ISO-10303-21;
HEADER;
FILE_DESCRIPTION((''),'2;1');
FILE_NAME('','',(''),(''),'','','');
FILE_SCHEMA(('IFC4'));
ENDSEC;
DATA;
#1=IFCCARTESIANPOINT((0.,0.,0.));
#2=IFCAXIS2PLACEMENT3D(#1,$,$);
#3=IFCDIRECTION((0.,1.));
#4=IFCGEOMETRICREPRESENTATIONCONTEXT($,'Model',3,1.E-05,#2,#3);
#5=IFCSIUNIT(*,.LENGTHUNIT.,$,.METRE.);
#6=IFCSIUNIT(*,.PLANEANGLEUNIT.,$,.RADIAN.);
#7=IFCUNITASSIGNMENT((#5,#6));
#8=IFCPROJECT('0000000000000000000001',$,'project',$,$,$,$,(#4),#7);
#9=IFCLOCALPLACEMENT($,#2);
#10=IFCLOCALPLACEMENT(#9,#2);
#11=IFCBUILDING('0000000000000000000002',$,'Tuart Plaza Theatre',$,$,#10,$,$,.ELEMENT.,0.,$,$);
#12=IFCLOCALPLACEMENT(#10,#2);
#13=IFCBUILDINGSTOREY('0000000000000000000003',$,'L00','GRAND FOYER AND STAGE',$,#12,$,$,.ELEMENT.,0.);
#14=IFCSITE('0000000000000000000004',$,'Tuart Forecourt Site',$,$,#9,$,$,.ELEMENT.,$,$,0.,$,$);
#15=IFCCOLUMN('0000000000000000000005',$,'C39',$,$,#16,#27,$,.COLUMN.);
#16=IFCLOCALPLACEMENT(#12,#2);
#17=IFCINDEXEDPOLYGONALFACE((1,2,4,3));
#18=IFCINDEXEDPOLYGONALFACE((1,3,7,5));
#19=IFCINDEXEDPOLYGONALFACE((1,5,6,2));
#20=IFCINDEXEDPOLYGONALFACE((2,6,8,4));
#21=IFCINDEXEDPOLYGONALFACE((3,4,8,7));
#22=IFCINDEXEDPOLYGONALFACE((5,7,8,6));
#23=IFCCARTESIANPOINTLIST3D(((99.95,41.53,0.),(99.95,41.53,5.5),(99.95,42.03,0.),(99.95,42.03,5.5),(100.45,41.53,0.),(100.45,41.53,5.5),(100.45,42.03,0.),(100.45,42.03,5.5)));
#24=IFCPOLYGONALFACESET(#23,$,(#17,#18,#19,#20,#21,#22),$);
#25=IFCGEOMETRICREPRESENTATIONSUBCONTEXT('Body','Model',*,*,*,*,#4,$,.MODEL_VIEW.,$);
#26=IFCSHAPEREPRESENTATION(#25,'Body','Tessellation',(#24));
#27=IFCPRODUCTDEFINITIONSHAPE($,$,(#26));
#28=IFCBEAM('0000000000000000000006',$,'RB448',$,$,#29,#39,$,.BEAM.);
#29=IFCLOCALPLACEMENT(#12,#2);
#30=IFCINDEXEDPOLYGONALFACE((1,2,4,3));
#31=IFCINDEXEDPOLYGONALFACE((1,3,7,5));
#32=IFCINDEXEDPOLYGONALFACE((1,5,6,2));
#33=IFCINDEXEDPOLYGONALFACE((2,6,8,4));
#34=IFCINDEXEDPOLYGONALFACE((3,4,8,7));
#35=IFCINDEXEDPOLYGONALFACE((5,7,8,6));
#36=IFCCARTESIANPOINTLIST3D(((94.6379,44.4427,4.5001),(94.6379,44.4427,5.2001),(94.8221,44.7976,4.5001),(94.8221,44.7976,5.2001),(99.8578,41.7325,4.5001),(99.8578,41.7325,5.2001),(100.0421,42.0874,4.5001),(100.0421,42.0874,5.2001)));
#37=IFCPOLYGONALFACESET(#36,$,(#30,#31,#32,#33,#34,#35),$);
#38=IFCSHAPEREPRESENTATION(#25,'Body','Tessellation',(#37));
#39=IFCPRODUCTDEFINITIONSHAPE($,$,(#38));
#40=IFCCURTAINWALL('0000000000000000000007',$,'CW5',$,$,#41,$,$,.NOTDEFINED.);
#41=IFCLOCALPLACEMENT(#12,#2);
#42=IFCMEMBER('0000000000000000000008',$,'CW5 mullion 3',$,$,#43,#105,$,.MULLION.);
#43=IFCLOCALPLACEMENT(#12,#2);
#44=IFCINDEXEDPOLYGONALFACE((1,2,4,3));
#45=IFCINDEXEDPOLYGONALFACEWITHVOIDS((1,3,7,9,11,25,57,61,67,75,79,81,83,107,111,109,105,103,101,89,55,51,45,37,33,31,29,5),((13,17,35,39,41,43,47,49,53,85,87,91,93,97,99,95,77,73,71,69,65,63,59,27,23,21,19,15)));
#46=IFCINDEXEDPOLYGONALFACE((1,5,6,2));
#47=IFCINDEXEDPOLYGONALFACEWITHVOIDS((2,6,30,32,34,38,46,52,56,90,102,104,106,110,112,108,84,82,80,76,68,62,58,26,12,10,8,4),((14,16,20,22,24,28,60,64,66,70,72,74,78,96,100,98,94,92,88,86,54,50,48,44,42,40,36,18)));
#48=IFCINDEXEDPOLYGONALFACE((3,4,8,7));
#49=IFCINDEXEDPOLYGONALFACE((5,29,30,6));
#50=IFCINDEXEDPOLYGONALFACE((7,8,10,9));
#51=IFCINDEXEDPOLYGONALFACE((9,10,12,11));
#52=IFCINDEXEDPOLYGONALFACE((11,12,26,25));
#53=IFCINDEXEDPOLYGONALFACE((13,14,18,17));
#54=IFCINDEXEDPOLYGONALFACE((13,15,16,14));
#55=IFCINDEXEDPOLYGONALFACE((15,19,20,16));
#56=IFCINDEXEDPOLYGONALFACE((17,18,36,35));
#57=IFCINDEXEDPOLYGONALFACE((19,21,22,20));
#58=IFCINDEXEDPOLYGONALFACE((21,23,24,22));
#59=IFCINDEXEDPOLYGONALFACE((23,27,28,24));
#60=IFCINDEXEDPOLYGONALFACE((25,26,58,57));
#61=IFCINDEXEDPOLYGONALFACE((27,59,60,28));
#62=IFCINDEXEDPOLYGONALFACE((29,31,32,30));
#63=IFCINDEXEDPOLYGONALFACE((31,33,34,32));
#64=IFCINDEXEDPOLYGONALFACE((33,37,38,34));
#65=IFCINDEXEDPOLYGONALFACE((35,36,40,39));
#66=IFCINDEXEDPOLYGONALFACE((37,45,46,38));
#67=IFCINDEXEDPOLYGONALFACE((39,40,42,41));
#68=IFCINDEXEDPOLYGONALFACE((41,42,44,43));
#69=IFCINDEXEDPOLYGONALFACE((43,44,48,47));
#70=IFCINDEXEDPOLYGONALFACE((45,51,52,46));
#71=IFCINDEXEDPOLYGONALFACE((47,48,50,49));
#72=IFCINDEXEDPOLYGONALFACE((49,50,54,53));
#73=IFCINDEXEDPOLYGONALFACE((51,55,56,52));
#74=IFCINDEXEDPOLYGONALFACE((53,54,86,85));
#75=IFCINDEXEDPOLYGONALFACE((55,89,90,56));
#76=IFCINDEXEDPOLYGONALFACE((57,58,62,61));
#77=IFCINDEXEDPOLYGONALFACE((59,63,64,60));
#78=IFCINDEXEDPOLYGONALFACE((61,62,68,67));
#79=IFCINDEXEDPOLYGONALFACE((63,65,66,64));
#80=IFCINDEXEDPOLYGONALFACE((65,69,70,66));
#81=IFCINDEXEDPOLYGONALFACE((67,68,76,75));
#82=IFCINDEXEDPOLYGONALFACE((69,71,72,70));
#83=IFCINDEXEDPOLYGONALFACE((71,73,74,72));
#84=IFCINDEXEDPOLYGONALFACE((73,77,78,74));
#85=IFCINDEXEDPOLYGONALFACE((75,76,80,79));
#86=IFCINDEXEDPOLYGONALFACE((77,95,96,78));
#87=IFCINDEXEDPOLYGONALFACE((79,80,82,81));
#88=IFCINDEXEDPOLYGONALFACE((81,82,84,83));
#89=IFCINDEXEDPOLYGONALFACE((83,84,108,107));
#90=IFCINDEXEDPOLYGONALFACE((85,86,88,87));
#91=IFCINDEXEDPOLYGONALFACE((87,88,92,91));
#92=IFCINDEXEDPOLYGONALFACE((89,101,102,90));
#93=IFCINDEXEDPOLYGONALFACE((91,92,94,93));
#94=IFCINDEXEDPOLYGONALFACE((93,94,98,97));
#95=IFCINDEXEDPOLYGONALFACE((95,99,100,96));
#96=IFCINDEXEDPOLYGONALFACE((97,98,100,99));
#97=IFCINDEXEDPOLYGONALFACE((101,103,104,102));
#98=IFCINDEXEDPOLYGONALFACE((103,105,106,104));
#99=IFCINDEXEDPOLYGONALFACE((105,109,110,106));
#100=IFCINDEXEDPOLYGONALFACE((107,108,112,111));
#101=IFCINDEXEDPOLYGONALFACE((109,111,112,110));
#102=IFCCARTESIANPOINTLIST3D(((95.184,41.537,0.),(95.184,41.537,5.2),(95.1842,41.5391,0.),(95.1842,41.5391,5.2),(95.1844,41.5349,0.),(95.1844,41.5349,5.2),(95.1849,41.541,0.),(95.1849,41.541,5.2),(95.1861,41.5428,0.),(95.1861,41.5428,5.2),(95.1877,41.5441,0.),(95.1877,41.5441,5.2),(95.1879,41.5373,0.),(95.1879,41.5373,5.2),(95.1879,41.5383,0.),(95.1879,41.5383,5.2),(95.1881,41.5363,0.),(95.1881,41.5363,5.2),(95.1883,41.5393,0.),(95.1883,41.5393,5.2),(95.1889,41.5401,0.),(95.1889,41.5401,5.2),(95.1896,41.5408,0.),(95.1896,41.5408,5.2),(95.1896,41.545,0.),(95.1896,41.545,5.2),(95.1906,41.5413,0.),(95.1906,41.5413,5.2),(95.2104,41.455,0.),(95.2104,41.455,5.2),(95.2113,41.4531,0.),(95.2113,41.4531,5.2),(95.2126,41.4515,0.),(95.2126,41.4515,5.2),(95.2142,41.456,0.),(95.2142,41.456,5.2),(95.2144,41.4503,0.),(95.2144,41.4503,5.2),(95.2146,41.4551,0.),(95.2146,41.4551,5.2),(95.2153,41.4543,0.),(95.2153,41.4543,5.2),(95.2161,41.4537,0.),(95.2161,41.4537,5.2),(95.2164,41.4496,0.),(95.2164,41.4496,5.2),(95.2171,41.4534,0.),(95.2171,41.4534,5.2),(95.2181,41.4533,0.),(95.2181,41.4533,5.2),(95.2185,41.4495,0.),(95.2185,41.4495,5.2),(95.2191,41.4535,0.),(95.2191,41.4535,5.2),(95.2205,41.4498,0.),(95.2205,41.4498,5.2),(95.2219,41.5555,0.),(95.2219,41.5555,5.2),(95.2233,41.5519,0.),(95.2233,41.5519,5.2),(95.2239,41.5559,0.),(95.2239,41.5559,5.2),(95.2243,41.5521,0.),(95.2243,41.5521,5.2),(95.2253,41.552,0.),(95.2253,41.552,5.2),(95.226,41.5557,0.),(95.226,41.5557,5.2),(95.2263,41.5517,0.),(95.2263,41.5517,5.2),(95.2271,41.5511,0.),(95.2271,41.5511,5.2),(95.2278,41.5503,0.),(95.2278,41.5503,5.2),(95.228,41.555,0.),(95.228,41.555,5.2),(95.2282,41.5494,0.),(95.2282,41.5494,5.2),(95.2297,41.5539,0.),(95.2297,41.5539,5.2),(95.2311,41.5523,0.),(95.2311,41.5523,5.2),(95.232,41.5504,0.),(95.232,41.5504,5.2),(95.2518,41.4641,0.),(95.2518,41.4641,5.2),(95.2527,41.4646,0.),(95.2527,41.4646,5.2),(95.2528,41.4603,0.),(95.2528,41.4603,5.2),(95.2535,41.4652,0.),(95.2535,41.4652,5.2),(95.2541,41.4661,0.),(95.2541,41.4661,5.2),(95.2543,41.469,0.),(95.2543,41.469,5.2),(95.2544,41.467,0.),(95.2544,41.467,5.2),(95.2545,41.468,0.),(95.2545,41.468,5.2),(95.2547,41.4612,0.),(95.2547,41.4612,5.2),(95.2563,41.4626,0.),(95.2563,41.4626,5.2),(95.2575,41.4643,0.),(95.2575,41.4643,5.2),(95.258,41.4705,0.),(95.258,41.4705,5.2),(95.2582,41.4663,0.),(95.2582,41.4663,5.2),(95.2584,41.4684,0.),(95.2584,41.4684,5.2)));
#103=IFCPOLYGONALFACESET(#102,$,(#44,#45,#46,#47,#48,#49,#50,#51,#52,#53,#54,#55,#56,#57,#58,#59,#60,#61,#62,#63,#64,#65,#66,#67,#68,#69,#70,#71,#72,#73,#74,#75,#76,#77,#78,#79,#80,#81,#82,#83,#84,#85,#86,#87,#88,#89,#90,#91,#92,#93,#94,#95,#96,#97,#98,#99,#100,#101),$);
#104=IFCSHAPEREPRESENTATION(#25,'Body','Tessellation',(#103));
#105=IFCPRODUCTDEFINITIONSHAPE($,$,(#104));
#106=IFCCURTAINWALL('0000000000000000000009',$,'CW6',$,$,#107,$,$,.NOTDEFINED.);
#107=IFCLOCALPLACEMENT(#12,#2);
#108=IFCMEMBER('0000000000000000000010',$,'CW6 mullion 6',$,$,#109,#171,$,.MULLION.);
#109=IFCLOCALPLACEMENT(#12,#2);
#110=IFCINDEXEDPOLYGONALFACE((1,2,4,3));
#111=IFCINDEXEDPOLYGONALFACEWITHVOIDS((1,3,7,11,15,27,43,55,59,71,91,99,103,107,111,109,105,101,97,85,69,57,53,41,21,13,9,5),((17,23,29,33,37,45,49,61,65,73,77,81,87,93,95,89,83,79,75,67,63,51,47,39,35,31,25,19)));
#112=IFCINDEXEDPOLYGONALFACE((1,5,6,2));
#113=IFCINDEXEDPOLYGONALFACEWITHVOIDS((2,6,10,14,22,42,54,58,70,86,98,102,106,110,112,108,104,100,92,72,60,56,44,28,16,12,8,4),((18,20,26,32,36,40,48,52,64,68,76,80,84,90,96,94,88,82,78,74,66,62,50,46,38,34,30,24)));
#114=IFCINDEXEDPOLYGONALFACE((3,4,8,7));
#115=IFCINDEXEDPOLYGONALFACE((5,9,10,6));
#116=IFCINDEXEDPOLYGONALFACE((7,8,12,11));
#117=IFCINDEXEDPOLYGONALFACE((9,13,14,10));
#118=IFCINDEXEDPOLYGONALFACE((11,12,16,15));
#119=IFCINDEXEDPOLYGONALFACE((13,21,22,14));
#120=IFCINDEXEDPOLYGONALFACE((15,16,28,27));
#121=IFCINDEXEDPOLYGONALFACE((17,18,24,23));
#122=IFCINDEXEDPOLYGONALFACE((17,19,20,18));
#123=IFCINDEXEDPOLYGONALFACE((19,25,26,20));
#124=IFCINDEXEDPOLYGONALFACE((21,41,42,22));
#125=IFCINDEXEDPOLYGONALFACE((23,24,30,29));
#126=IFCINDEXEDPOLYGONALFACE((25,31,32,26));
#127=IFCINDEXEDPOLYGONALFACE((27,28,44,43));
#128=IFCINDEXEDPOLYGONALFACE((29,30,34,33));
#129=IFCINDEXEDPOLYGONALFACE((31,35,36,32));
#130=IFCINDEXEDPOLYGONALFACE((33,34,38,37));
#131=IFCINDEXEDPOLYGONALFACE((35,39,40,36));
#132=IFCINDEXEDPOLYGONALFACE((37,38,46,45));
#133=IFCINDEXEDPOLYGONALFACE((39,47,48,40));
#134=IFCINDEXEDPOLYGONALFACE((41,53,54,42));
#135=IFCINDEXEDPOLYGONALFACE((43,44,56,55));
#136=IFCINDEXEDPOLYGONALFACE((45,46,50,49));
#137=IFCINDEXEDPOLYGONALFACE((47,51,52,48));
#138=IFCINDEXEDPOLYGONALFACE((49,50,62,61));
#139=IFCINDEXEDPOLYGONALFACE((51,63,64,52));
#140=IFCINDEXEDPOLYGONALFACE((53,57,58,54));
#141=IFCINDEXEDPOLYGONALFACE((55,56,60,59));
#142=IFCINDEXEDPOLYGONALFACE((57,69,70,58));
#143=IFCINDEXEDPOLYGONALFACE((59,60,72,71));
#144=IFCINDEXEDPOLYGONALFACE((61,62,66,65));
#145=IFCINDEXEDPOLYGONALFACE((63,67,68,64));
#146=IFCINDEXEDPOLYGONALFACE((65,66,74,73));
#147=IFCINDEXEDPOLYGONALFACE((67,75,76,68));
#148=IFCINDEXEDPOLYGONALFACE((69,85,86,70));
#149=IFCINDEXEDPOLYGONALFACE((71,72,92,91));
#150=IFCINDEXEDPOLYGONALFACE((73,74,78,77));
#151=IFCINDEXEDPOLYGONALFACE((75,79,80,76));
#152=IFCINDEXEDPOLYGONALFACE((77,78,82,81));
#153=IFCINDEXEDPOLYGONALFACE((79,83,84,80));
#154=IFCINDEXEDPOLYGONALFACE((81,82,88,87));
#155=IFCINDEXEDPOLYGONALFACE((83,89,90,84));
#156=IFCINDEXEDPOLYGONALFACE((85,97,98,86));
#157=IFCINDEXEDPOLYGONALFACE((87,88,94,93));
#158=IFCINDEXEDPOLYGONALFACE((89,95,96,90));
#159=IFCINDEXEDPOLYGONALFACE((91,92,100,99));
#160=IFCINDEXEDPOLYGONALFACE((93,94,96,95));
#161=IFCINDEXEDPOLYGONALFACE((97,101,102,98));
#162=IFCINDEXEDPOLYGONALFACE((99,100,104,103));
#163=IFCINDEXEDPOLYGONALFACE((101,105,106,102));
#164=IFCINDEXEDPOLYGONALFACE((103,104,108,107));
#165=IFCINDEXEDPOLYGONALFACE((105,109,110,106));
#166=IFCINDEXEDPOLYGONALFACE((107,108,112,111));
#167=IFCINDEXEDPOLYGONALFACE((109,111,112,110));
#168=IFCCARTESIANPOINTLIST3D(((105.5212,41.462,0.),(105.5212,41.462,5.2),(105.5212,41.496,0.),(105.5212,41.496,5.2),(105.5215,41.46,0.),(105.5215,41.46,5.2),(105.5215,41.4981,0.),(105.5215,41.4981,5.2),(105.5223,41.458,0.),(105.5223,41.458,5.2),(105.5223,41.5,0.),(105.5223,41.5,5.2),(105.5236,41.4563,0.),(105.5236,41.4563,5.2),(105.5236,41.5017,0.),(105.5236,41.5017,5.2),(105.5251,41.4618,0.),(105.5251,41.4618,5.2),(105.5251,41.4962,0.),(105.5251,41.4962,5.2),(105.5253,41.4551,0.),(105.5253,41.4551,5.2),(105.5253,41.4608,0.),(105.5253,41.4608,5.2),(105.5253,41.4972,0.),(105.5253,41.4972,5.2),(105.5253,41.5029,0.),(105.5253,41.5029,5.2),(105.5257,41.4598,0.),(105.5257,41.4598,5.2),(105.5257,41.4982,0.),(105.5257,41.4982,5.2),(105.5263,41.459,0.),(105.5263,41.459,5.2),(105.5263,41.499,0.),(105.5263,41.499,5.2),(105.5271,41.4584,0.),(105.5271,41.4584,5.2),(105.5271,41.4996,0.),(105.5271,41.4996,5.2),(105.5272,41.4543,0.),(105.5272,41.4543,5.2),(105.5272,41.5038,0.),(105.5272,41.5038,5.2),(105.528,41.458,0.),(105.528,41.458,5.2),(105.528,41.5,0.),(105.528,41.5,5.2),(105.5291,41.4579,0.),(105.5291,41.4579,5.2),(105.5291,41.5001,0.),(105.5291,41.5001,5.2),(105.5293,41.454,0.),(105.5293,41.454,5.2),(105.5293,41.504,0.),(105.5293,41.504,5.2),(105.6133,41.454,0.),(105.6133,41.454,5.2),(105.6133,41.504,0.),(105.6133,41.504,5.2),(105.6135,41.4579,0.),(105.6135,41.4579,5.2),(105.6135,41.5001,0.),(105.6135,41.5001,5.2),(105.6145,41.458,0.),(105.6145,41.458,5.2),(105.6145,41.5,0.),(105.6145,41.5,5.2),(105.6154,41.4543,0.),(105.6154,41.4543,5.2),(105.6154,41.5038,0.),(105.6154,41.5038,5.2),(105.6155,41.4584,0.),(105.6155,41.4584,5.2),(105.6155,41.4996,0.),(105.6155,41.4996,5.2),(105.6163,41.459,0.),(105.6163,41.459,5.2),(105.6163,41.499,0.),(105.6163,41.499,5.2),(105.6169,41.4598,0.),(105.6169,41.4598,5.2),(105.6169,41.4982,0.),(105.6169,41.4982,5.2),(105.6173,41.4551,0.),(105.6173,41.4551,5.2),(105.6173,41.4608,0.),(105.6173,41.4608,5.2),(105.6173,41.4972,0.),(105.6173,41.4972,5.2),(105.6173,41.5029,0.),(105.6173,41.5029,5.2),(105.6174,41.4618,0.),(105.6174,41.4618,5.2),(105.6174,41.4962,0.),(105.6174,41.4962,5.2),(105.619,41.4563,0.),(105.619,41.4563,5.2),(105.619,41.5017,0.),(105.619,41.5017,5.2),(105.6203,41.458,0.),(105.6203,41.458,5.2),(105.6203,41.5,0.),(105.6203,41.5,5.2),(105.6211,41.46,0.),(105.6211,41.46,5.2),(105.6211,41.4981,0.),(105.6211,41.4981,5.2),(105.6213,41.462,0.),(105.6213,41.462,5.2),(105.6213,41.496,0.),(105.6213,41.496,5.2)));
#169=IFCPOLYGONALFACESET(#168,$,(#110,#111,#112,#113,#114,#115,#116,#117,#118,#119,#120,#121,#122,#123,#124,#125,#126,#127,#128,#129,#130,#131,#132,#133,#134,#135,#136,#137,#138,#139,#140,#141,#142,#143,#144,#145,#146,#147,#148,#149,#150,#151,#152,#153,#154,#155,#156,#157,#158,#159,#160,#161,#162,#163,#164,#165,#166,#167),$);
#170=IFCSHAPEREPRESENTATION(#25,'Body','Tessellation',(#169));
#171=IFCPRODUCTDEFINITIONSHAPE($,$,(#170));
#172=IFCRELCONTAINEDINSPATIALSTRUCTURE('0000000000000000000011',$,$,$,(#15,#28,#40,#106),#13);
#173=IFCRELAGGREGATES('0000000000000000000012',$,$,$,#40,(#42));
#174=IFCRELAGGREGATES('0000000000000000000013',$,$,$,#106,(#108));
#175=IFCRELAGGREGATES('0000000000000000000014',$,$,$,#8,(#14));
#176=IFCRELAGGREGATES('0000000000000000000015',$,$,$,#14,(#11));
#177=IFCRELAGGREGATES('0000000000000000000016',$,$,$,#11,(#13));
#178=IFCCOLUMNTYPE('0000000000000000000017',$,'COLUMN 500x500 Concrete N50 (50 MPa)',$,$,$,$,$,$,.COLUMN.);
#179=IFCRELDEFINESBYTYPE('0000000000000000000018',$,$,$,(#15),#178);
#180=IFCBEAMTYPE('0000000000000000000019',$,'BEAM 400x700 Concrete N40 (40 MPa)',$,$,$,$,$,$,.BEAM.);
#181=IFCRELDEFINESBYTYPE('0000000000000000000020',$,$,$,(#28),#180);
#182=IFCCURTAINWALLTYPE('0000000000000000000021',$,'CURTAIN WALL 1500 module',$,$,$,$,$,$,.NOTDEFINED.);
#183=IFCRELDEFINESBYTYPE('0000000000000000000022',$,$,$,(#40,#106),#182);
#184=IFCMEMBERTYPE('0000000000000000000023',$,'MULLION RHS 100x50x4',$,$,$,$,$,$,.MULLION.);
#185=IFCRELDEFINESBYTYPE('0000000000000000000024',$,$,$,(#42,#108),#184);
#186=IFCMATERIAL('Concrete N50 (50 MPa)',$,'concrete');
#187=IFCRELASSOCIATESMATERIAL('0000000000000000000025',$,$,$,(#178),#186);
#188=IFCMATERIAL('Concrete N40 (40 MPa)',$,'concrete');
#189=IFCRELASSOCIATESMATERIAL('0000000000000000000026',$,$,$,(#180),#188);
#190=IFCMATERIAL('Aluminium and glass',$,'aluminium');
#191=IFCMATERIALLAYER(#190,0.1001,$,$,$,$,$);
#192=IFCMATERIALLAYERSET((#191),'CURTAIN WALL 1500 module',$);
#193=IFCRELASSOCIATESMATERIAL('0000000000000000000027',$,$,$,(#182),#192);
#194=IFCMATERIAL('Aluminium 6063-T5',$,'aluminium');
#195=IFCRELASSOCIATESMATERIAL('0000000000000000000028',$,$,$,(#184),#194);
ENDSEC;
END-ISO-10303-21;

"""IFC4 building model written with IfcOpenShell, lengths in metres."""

from ifc_helpers import new_model, si_unit, direction, frame, origin, origin_2d, place, context, subcontext, project, spatial, rectangle, hollow_rectangle, extrude, material, layer, layer_set, material_profile, profile_set, type_object, element, aggregate, save


model = new_model("IFC4")

# Units and contexts
model_context = context("Model", 3, precision=1e-05, world=origin(), true_north=direction((0.0, 1.0)))
body_context = subcontext(model_context, "Body", "Model", "MODEL_VIEW")
ifc_project = project(units=[si_unit("LENGTHUNIT", "METRE"), si_unit("PLANEANGLEUNIT", "RADIAN")], contexts=[model_context])

# Site, building, storey
site_placement = place(None, origin())
site = spatial("IfcSite", under=ifc_project, at=site_placement, Name="Tuart Forecourt Site", CompositionType="ELEMENT", RefElevation=0.0)
building_placement = place(site_placement, origin())
building = spatial("IfcBuilding", under=site, at=building_placement, Name="Tuart Plaza Theatre", CompositionType="ELEMENT", ElevationOfRefHeight=0.0)
storey_placement = place(building_placement, origin())
storey = spatial("IfcBuildingStorey", under=building, at=storey_placement, Name="L00", Description="GRAND FOYER AND STAGE", CompositionType="ELEMENT", Elevation=0.0)

# Column
ifc_material_1 = material(Name="Concrete N50 (50 MPa)", Category="concrete")
ifc_material_profile_1 = material_profile(ifc_material_1, rectangle(XDim=0.5, YDim=0.5, at=origin_2d()), Name="COLUMN 500x500 Concrete N50 (50 MPa)")
ifc_profile_set_1 = profile_set([ifc_material_profile_1], Name="Concrete N50 (50 MPa)")
column_type = type_object("IfcColumnType", Name="COLUMN 500x500 Concrete N50 (50 MPa)", PredefinedType="COLUMN", material=ifc_profile_set_1)
column_placement = place(storey_placement, frame((100.2, 41.78, 0.0), z_axis=(0.0, 0.0, 1.0), x_axis=(1.0, 0.0, 0.0)))
element("IfcColumn", 1, at=column_placement, inside=storey, type_object=column_type, Name="C39", PredefinedType="COLUMN", context=body_context, shape_type="SweptSolid", body=[
    extrude(rectangle(XDim=0.5, YDim=0.5, at=origin_2d()), origin(), (0.0, 0.0, 1.0), 5.5),
])

# Beam
ifc_material_2 = material(Name="Concrete N40 (40 MPa)", Category="concrete")
ifc_material_profile_2 = material_profile(ifc_material_2, rectangle(XDim=0.3999, YDim=0.7, at=origin_2d()), Name="BEAM 400x700 Concrete N40 (40 MPa)")
ifc_profile_set_2 = profile_set([ifc_material_profile_2], Name="Concrete N40 (40 MPa)")
beam_type = type_object("IfcBeamType", Name="BEAM 400x700 Concrete N40 (40 MPa)", PredefinedType="BEAM", material=ifc_profile_set_2)
beam_placement = place(storey_placement, frame((99.95, 41.9099, 4.8501), z_axis=(-0.887508, 0.460793, 0.0), x_axis=(-0.460793, -0.887508, 0.0)))
element("IfcBeam", 2, at=beam_placement, inside=storey, type_object=beam_type, Name="RB448", PredefinedType="BEAM", context=body_context, shape_type="SweptSolid", body=[
    extrude(rectangle(XDim=0.3999, YDim=0.7, at=origin_2d()), origin(), (0.0, 0.0, 1.0), 5.8816),
])

# Curtain walls, members
ifc_material_3 = material(Name="Aluminium and glass", Category="aluminium")
ifc_layer_1 = layer(ifc_material_3, 0.1001)
ifc_layer_set_1 = layer_set([ifc_layer_1], Name="CURTAIN WALL 1500 module")
curtain_wall_type = type_object("IfcCurtainWallType", Name="CURTAIN WALL 1500 module", PredefinedType="NOTDEFINED", material=ifc_layer_set_1)
curtain_wall_1_placement = place(storey_placement, origin())
curtain_wall_1 = element("IfcCurtainWall", 3, at=curtain_wall_1_placement, inside=storey, type_object=curtain_wall_type, Name="CW5", PredefinedType="NOTDEFINED")
ifc_material_4 = material(Name="Aluminium 6063-T5", Category="aluminium")
ifc_material_profile_3 = material_profile(ifc_material_4, hollow_rectangle(XDim=0.05, YDim=0.1001, WallThickness=0.0039, InnerFilletRadius=0.0039, OuterFilletRadius=0.0081, at=origin_2d()), Name="RHS 100x50x4")
ifc_profile_set_3 = profile_set([ifc_material_profile_3], Name="Aluminium 6063-T5")
member_type_1 = type_object("IfcMemberType", Name="MULLION RHS 100x50x4", PredefinedType="MULLION", material=ifc_profile_set_3)
member_1_placement = place(storey_placement, frame((95.2212, 41.5027, 0.0), z_axis=(0.0, 0.0, 1.0), x_axis=(0.951056, 0.309018, 0.0)))
member_1 = element("IfcMember", 4, at=member_1_placement, type_object=member_type_1, Name="CW5 mullion 3", PredefinedType="MULLION", context=body_context, shape_type="SweptSolid", body=[
    extrude(hollow_rectangle(XDim=0.05, YDim=0.1001, WallThickness=0.0039, InnerFilletRadius=0.0039, OuterFilletRadius=0.0081, at=origin_2d()), origin(), (0.0, 0.0, 1.0), 5.2),
])
curtain_wall_2_placement = place(storey_placement, origin())
curtain_wall_2 = element("IfcCurtainWall", 5, at=curtain_wall_2_placement, inside=storey, type_object=curtain_wall_type, Name="CW6", PredefinedType="NOTDEFINED")
member_2_placement = place(storey_placement, frame((105.5713, 41.479, 0.0), z_axis=(0.0, 0.0, 1.0), x_axis=(0.0, 1.0, 0.0)))
member_2 = element("IfcMember", 6, at=member_2_placement, type_object=member_type_1, Name="CW6 mullion 6", PredefinedType="MULLION", context=body_context, shape_type="SweptSolid", body=[
    extrude(hollow_rectangle(XDim=0.05, YDim=0.1001, WallThickness=0.0039, InnerFilletRadius=0.0039, OuterFilletRadius=0.0081, at=origin_2d()), origin(), (0.0, 0.0, 1.0), 5.2),
])

aggregate(curtain_wall_1, [member_1])
aggregate(curtain_wall_2, [member_2])

save(model, "model.ifc")
